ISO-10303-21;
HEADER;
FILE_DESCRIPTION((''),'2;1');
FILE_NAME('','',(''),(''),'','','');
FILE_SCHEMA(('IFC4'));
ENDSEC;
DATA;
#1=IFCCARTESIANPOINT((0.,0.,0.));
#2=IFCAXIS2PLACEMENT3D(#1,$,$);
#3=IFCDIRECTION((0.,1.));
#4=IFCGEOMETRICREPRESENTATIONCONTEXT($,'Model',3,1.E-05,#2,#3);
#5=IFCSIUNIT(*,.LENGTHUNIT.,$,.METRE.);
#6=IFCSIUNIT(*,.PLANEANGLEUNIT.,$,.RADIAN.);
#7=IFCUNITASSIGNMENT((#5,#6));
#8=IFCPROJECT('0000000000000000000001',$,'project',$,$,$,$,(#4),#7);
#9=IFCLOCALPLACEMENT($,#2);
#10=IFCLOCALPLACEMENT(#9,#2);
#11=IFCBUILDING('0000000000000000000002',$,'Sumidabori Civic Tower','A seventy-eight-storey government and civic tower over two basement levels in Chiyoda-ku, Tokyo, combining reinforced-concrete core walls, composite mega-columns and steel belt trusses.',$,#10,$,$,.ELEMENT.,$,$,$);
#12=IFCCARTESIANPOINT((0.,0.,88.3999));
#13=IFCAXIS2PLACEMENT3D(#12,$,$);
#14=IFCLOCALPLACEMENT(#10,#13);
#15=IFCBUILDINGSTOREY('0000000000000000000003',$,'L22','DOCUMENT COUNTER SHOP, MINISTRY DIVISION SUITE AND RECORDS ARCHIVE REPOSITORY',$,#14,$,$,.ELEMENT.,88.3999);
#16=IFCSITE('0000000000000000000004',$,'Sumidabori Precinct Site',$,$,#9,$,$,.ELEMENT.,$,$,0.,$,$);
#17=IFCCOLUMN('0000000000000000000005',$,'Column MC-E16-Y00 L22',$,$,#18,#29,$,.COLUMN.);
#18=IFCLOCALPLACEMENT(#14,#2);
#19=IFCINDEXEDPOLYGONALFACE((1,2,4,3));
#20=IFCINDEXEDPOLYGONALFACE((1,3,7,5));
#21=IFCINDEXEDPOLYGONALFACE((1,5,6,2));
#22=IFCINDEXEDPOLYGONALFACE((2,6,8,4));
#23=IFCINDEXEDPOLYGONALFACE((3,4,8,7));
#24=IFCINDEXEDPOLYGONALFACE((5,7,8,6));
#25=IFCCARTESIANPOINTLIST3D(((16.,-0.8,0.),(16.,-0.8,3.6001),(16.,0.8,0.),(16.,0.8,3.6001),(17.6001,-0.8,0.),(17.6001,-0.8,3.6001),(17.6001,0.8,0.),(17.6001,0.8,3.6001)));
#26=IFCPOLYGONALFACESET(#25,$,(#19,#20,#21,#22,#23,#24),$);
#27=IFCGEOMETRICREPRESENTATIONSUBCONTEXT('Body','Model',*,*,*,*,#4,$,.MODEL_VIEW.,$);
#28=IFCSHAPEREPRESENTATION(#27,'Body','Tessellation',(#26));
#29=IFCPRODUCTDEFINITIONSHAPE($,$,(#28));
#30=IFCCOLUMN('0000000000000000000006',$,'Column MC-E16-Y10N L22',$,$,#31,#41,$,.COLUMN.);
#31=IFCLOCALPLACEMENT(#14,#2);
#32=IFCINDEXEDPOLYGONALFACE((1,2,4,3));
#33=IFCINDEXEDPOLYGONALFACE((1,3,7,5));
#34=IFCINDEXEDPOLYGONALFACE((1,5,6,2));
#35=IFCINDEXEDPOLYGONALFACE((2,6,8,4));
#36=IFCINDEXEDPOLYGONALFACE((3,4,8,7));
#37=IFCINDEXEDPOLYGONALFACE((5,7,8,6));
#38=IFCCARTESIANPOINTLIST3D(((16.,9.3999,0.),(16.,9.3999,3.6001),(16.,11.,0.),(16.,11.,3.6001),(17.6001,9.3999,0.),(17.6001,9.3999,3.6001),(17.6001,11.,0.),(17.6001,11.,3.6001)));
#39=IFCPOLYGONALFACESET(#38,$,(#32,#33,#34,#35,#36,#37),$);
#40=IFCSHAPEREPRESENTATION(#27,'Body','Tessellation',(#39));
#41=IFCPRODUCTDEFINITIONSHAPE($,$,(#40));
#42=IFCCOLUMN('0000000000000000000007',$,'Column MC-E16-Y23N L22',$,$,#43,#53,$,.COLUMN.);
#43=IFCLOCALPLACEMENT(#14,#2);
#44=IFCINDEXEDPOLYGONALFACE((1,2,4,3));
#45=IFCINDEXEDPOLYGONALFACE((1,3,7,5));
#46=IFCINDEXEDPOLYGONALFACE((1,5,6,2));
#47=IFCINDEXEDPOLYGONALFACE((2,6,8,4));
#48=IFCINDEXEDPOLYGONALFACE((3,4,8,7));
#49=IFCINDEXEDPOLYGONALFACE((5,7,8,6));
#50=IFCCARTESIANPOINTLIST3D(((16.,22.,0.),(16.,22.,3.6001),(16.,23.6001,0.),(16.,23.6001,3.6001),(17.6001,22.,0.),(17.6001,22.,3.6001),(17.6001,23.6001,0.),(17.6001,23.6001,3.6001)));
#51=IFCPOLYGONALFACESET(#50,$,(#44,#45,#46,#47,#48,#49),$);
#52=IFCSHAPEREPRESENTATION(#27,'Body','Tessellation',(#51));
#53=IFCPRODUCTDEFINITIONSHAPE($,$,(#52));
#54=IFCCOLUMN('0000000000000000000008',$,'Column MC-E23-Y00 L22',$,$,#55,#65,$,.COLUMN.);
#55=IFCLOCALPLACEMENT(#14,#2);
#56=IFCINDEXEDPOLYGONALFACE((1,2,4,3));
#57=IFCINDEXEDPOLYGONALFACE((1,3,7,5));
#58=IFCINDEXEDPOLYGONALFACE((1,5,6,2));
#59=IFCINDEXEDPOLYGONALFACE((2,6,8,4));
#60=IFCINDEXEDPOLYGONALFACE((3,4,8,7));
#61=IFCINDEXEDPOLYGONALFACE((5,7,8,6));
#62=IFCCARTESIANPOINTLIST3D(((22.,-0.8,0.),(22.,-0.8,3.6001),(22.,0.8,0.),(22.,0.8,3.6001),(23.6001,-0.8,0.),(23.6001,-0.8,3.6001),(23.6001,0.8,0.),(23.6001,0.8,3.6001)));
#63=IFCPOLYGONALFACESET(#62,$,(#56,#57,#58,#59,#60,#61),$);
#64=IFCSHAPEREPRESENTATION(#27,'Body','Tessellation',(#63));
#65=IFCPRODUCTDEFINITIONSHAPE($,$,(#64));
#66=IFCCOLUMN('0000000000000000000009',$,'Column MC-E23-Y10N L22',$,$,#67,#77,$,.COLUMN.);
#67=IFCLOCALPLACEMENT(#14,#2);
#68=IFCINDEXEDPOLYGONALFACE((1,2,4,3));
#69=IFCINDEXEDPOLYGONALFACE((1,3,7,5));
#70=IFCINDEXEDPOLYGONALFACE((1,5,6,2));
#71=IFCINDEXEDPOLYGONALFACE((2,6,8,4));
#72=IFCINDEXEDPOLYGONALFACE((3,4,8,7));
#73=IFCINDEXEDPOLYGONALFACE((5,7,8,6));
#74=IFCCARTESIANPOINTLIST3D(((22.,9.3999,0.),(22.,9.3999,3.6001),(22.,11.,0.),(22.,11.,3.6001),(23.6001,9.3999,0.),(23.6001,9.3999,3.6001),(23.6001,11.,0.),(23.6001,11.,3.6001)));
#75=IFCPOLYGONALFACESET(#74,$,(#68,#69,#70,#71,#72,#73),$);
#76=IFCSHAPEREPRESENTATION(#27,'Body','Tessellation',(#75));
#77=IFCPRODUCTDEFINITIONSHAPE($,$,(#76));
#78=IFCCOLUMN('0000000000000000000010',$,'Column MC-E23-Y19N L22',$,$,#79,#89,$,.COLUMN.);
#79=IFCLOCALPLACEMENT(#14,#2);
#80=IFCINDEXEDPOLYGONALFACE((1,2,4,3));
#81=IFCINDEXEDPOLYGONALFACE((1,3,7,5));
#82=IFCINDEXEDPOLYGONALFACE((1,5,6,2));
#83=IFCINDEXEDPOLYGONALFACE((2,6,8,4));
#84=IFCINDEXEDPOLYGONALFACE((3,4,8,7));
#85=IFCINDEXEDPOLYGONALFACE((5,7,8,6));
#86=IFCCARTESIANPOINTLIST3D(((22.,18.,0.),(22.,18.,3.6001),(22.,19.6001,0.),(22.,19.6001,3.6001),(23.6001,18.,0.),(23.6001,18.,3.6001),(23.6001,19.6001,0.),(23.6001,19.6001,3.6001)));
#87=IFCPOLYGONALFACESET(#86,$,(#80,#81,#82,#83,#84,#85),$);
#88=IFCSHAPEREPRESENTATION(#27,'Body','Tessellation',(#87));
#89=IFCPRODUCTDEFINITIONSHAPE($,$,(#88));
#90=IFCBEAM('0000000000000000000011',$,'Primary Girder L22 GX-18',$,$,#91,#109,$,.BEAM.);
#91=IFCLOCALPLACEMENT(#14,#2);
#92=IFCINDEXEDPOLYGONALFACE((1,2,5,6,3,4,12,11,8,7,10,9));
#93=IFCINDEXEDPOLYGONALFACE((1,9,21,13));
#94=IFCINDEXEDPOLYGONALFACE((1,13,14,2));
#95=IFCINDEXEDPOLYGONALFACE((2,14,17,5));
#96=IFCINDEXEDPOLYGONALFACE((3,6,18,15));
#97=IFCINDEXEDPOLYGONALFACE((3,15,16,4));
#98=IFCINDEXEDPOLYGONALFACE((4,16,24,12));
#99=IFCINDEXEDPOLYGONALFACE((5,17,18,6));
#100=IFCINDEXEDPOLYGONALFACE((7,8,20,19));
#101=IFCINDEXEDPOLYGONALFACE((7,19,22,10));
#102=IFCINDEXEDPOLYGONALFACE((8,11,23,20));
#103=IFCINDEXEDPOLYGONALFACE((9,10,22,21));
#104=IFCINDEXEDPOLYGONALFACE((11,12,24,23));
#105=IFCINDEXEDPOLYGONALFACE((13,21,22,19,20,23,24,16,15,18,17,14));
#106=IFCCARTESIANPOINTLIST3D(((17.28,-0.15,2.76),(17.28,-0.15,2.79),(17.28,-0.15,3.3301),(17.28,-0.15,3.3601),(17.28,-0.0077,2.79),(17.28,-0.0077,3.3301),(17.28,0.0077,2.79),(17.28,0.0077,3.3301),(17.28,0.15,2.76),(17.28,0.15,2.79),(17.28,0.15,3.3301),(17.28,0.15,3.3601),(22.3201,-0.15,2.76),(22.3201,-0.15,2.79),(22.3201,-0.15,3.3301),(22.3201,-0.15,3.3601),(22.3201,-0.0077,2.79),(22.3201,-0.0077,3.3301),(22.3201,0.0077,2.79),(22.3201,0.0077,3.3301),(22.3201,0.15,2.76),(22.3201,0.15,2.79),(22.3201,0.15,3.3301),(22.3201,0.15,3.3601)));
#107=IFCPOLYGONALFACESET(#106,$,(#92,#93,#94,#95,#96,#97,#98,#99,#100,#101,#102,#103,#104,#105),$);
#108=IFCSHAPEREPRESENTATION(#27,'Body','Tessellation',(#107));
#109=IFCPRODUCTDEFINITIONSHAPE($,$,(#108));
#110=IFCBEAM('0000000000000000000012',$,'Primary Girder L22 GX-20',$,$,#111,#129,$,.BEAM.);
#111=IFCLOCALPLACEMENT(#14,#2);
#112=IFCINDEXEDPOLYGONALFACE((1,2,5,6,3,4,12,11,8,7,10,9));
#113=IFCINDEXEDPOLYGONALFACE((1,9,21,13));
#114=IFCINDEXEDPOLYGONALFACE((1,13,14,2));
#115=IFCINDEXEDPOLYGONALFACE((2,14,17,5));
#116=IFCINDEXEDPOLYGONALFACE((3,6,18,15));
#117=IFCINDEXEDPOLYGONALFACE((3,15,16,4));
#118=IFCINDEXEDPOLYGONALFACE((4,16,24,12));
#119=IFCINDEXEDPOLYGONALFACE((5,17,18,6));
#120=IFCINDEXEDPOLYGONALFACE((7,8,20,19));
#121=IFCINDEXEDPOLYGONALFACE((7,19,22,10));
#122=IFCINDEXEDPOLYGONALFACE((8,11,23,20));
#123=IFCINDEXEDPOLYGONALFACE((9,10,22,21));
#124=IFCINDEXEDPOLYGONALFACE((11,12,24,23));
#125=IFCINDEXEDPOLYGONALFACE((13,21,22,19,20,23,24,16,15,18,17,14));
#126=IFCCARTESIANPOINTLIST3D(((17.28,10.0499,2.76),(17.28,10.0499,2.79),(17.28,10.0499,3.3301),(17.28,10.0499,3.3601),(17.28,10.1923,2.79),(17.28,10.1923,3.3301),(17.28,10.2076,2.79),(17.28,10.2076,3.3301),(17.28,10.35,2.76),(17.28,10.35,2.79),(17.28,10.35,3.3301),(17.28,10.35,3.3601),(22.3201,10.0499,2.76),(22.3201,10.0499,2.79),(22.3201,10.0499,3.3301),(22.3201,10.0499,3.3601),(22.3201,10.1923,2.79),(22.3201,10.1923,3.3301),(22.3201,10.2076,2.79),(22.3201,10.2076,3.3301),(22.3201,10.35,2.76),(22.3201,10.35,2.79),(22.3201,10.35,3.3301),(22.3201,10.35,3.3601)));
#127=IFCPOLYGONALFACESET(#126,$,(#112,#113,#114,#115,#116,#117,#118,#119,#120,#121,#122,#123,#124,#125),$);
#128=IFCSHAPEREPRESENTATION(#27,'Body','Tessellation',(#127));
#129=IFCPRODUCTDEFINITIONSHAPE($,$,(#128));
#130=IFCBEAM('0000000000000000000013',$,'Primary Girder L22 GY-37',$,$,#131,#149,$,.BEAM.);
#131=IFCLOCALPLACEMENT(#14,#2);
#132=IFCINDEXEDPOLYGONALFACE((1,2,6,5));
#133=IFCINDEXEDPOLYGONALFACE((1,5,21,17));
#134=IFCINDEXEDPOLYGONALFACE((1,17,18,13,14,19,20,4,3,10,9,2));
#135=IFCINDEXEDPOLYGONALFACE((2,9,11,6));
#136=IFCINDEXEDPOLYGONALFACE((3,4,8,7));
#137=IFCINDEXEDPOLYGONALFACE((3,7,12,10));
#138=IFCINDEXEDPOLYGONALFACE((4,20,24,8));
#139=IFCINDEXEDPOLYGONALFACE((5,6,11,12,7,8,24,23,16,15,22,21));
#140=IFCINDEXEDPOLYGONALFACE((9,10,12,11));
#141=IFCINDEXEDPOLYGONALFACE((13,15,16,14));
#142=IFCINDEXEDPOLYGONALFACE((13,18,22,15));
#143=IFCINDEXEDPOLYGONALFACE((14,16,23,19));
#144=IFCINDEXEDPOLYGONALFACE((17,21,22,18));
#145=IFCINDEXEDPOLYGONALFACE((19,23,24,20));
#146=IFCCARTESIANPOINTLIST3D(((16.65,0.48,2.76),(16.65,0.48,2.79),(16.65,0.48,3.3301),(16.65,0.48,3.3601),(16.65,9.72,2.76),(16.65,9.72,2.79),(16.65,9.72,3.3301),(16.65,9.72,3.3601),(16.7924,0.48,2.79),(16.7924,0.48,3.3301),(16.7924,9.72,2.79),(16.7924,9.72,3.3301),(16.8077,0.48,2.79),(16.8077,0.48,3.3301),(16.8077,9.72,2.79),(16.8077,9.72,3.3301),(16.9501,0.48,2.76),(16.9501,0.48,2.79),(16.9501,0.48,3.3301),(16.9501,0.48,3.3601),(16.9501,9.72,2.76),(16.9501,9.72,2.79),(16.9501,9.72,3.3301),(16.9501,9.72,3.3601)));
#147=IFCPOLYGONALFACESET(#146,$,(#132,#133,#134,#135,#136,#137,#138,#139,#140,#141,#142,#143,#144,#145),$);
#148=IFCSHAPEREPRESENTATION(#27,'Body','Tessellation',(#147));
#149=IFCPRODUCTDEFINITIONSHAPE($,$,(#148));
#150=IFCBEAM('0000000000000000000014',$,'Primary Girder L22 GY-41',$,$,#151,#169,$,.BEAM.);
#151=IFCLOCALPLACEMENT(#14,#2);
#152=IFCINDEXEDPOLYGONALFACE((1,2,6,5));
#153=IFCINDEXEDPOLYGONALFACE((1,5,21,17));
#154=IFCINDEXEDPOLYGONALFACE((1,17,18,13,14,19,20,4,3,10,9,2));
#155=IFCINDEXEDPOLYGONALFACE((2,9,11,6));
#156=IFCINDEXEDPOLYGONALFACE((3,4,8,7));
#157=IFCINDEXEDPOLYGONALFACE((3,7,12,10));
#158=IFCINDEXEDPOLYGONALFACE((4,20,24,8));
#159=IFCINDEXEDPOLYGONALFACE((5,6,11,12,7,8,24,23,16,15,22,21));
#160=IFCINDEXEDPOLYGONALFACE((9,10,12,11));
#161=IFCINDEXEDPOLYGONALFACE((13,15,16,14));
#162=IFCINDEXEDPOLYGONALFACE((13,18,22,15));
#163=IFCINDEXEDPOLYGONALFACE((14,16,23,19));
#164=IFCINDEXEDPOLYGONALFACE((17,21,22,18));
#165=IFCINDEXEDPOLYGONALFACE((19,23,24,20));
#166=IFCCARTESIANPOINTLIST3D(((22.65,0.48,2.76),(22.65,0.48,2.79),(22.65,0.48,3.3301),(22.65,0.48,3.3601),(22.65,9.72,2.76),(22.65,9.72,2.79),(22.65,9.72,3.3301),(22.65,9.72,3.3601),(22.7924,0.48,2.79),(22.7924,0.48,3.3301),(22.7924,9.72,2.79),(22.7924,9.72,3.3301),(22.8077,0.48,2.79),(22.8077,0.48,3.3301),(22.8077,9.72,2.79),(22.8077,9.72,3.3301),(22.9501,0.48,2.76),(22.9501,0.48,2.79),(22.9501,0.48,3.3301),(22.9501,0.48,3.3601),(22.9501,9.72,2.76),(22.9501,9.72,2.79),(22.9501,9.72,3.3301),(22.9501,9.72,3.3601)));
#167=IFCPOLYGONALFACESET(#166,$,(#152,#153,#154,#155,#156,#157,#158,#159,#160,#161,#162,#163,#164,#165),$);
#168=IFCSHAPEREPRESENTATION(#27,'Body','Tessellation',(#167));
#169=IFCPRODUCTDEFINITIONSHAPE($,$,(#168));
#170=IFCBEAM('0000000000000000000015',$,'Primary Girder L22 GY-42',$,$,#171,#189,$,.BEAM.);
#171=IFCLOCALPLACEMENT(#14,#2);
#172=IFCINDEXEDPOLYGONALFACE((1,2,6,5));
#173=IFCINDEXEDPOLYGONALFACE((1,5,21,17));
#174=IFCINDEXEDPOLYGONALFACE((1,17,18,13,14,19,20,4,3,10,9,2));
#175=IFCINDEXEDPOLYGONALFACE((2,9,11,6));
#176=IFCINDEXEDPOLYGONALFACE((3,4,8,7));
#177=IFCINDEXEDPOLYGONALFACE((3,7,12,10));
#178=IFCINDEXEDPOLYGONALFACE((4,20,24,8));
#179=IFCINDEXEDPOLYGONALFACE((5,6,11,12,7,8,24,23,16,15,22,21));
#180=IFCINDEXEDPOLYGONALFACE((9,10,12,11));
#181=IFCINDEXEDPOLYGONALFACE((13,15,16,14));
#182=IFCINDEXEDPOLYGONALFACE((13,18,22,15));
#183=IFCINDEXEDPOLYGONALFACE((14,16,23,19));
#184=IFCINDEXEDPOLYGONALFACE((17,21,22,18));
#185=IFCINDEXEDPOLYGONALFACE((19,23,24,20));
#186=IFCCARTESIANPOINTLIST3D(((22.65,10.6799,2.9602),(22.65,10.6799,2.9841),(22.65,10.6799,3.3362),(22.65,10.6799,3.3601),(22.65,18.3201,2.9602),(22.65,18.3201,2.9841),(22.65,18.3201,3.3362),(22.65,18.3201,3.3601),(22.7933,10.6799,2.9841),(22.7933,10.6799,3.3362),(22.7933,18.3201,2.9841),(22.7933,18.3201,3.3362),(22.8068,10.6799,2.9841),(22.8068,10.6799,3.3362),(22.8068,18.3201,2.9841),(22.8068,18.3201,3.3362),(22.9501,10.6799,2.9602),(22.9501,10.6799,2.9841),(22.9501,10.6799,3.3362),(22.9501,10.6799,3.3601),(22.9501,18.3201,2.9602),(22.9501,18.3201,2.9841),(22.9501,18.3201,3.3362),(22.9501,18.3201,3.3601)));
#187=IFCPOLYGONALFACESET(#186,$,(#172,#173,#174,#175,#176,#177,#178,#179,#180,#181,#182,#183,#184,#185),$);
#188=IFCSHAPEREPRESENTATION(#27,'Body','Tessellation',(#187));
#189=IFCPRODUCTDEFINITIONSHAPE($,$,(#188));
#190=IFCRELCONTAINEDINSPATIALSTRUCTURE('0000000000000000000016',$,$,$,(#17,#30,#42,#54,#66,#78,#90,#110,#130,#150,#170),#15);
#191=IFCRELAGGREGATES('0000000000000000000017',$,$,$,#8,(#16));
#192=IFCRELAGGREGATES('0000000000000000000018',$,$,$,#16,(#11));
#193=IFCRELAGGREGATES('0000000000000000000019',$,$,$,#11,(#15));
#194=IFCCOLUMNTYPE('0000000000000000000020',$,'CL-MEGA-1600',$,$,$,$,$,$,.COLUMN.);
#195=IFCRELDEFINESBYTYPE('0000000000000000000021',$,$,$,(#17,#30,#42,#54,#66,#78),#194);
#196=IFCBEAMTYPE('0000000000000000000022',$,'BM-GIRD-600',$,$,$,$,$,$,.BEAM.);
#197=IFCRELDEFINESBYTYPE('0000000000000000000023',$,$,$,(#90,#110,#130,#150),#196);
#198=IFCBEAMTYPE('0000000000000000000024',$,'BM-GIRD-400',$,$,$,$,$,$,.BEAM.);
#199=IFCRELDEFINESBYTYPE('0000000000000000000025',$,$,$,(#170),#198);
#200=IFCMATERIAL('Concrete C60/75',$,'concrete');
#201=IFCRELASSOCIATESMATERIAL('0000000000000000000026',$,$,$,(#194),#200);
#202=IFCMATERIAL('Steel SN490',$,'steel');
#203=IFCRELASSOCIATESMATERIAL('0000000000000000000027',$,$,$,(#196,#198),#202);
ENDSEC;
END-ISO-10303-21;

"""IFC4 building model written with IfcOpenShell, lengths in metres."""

from ifc_helpers import new_model, si_unit, direction, frame, origin, origin_2d, place, context, subcontext, project, spatial, rectangle, i_section, extrude, source, transform, mapped, material, material_profile, profile_set, type_object, element, save


model = new_model("IFC4")

# Units and contexts
model_context = context("Model", 3, precision=1e-05, world=origin(), true_north=direction((0.0, 1.0)))
body_context = subcontext(model_context, "Body", "Model", "MODEL_VIEW")
ifc_project = project(units=[si_unit("LENGTHUNIT", "METRE"), si_unit("PLANEANGLEUNIT", "RADIAN")], contexts=[model_context])

# Site, building, storey
site_placement = place(None, origin())
site = spatial("IfcSite", under=ifc_project, at=site_placement, Name="Sumidabori Precinct Site", CompositionType="ELEMENT", RefElevation=0.0)
building_placement = place(site_placement, origin())
building = spatial("IfcBuilding", under=site, at=building_placement, Name="Sumidabori Civic Tower", Description="A seventy-eight-storey government and civic tower over two basement levels in Chiyoda-ku, Tokyo, combining reinforced-concrete core walls, composite mega-columns and steel belt trusses.", CompositionType="ELEMENT")
storey_placement = place(building_placement, frame((0.0, 0.0, 88.3999)))
storey = spatial("IfcBuildingStorey", under=building, at=storey_placement, Name="L22", Description="DOCUMENT COUNTER SHOP, MINISTRY DIVISION SUITE AND RECORDS ARCHIVE REPOSITORY", CompositionType="ELEMENT", Elevation=88.3999)

# Columns
ifc_material_1 = material(Name="Concrete C60/75", Category="concrete")
ifc_material_profile_1 = material_profile(ifc_material_1, rectangle(XDim=1.6001, YDim=1.6001, at=origin_2d()), Name="RC 1600x1600")
ifc_profile_set_1 = profile_set([ifc_material_profile_1], Name="Concrete C60/75")
column_type = type_object("IfcColumnType", Name="CL-MEGA-1600", PredefinedType="COLUMN", material=ifc_profile_set_1)
shared_shape_1 = source(origin(), body_context, "Body", "SweptSolid", [
    extrude(rectangle(XDim=1.6001, YDim=1.6001, at=origin_2d()), origin(), (0.0, 0.0, 1.0), 3.6001),
])
for number, where, z_axis, x_axis, name in (
    (1, (16.8, 0.0, 0.0), (0.0, 0.0, 1.0), (1.0, 0.0, 0.0), "Column MC-E16-Y00 L22"),
    (2, (16.8, 10.2, 0.0), (0.0, 0.0, 1.0), (1.0, 0.0, 0.0), "Column MC-E16-Y10N L22"),
    (3, (16.8, 22.8, 0.0), (0.0, 0.0, 1.0), (1.0, 0.0, 0.0), "Column MC-E16-Y23N L22"),
    (4, (22.8, 0.0, 0.0), (0.0, 0.0, 1.0), (1.0, 0.0, 0.0), "Column MC-E23-Y00 L22"),
    (5, (22.8, 10.2, 0.0), (0.0, 0.0, 1.0), (1.0, 0.0, 0.0), "Column MC-E23-Y10N L22"),
    (6, (22.8, 18.8, 0.0), (0.0, 0.0, 1.0), (1.0, 0.0, 0.0), "Column MC-E23-Y19N L22"),
):
    element("IfcColumn", number, at=place(storey_placement, frame(where, z_axis=z_axis, x_axis=x_axis)), inside=storey, type_object=column_type, Name=name, PredefinedType="COLUMN", context=body_context, shape_type="MappedRepresentation", body=[
        mapped(shared_shape_1, transform((0.0, 0.0, 0.0), x_axis=(1.0, 0.0, 0.0), y_axis=(0.0, 1.0, 0.0), z_axis=(0.0, 0.0, 1.0), scale=1.0)),
    ])

# Beams
ifc_material_2 = material(Name="Steel SN490", Category="steel")
ifc_material_profile_2 = material_profile(ifc_material_2, i_section(OverallWidth=0.3, OverallDepth=0.6001, WebThickness=0.0154, FlangeThickness=0.03, at=origin_2d()), Name="HE 600 B")
ifc_profile_set_2 = profile_set([ifc_material_profile_2], Name="Steel SN490")
beam_type_1 = type_object("IfcBeamType", Name="BM-GIRD-600", PredefinedType="BEAM", material=ifc_profile_set_2)
shared_shape_2 = source(origin(), body_context, "Body", "SweptSolid", [
    extrude(i_section(OverallWidth=0.3, OverallDepth=0.6001, WebThickness=0.0154, FlangeThickness=0.03, at=origin_2d()), origin(), (0.0, 0.0, 1.0), 5.04),
])
for number, where, z_axis, x_axis, name in (
    (7, (17.28, 0.0, 3.0601), (1.0, 0.0, 0.0), (0.0, 1.0, 0.0), "Primary Girder L22 GX-18"),
    (8, (17.28, 10.2, 3.0601), (1.0, 0.0, 0.0), (0.0, 1.0, 0.0), "Primary Girder L22 GX-20"),
):
    element("IfcBeam", number, at=place(storey_placement, frame(where, z_axis=z_axis, x_axis=x_axis)), inside=storey, type_object=beam_type_1, Name=name, PredefinedType="BEAM", context=body_context, shape_type="MappedRepresentation", body=[
        mapped(shared_shape_2, transform((0.0, 0.0, 0.0), x_axis=(1.0, 0.0, 0.0), y_axis=(0.0, 1.0, 0.0), z_axis=(0.0, 0.0, 1.0), scale=1.0)),
    ])
shared_shape_3 = source(origin(), body_context, "Body", "SweptSolid", [
    extrude(i_section(OverallWidth=0.3, OverallDepth=0.6001, WebThickness=0.0154, FlangeThickness=0.03, at=origin_2d()), origin(), (0.0, 0.0, 1.0), 9.24),
])
for number, where, z_axis, x_axis, name in (
    (9, (16.8, 0.48, 3.0601), (0.0, 1.0, 0.0), (-1.0, 0.0, 0.0), "Primary Girder L22 GY-37"),
    (10, (22.8, 0.48, 3.0601), (0.0, 1.0, 0.0), (-1.0, 0.0, 0.0), "Primary Girder L22 GY-41"),
):
    element("IfcBeam", number, at=place(storey_placement, frame(where, z_axis=z_axis, x_axis=x_axis)), inside=storey, type_object=beam_type_1, Name=name, PredefinedType="BEAM", context=body_context, shape_type="MappedRepresentation", body=[
        mapped(shared_shape_3, transform((0.0, 0.0, 0.0), x_axis=(1.0, 0.0, 0.0), y_axis=(0.0, 1.0, 0.0), z_axis=(0.0, 0.0, 1.0), scale=1.0)),
    ])
ifc_material_profile_3 = material_profile(ifc_material_2, i_section(OverallWidth=0.3, OverallDepth=0.3999, WebThickness=0.0134, FlangeThickness=0.0239, at=origin_2d()), Name="HE 400 B")
ifc_profile_set_3 = profile_set([ifc_material_profile_3], Name="Steel SN490")
beam_type_2 = type_object("IfcBeamType", Name="BM-GIRD-400", PredefinedType="BEAM", material=ifc_profile_set_3)
shared_shape_4 = source(origin(), body_context, "Body", "SweptSolid", [
    extrude(i_section(OverallWidth=0.3, OverallDepth=0.3999, WebThickness=0.0134, FlangeThickness=0.0239, at=origin_2d()), origin(), (0.0, 0.0, 1.0), 7.6401),
])
beam_1_placement = place(storey_placement, frame((22.8, 10.6799, 3.1602), z_axis=(0.0, 1.0, 0.0), x_axis=(-1.0, 0.0, 0.0)))
element("IfcBeam", 11, at=beam_1_placement, inside=storey, type_object=beam_type_2, Name="Primary Girder L22 GY-42", PredefinedType="BEAM", context=body_context, shape_type="MappedRepresentation", body=[
    mapped(shared_shape_4, transform((0.0, 0.0, 0.0), x_axis=(1.0, 0.0, 0.0), y_axis=(0.0, 1.0, 0.0), z_axis=(0.0, 0.0, 1.0), scale=1.0)),
])

save(model, "model.ifc")
